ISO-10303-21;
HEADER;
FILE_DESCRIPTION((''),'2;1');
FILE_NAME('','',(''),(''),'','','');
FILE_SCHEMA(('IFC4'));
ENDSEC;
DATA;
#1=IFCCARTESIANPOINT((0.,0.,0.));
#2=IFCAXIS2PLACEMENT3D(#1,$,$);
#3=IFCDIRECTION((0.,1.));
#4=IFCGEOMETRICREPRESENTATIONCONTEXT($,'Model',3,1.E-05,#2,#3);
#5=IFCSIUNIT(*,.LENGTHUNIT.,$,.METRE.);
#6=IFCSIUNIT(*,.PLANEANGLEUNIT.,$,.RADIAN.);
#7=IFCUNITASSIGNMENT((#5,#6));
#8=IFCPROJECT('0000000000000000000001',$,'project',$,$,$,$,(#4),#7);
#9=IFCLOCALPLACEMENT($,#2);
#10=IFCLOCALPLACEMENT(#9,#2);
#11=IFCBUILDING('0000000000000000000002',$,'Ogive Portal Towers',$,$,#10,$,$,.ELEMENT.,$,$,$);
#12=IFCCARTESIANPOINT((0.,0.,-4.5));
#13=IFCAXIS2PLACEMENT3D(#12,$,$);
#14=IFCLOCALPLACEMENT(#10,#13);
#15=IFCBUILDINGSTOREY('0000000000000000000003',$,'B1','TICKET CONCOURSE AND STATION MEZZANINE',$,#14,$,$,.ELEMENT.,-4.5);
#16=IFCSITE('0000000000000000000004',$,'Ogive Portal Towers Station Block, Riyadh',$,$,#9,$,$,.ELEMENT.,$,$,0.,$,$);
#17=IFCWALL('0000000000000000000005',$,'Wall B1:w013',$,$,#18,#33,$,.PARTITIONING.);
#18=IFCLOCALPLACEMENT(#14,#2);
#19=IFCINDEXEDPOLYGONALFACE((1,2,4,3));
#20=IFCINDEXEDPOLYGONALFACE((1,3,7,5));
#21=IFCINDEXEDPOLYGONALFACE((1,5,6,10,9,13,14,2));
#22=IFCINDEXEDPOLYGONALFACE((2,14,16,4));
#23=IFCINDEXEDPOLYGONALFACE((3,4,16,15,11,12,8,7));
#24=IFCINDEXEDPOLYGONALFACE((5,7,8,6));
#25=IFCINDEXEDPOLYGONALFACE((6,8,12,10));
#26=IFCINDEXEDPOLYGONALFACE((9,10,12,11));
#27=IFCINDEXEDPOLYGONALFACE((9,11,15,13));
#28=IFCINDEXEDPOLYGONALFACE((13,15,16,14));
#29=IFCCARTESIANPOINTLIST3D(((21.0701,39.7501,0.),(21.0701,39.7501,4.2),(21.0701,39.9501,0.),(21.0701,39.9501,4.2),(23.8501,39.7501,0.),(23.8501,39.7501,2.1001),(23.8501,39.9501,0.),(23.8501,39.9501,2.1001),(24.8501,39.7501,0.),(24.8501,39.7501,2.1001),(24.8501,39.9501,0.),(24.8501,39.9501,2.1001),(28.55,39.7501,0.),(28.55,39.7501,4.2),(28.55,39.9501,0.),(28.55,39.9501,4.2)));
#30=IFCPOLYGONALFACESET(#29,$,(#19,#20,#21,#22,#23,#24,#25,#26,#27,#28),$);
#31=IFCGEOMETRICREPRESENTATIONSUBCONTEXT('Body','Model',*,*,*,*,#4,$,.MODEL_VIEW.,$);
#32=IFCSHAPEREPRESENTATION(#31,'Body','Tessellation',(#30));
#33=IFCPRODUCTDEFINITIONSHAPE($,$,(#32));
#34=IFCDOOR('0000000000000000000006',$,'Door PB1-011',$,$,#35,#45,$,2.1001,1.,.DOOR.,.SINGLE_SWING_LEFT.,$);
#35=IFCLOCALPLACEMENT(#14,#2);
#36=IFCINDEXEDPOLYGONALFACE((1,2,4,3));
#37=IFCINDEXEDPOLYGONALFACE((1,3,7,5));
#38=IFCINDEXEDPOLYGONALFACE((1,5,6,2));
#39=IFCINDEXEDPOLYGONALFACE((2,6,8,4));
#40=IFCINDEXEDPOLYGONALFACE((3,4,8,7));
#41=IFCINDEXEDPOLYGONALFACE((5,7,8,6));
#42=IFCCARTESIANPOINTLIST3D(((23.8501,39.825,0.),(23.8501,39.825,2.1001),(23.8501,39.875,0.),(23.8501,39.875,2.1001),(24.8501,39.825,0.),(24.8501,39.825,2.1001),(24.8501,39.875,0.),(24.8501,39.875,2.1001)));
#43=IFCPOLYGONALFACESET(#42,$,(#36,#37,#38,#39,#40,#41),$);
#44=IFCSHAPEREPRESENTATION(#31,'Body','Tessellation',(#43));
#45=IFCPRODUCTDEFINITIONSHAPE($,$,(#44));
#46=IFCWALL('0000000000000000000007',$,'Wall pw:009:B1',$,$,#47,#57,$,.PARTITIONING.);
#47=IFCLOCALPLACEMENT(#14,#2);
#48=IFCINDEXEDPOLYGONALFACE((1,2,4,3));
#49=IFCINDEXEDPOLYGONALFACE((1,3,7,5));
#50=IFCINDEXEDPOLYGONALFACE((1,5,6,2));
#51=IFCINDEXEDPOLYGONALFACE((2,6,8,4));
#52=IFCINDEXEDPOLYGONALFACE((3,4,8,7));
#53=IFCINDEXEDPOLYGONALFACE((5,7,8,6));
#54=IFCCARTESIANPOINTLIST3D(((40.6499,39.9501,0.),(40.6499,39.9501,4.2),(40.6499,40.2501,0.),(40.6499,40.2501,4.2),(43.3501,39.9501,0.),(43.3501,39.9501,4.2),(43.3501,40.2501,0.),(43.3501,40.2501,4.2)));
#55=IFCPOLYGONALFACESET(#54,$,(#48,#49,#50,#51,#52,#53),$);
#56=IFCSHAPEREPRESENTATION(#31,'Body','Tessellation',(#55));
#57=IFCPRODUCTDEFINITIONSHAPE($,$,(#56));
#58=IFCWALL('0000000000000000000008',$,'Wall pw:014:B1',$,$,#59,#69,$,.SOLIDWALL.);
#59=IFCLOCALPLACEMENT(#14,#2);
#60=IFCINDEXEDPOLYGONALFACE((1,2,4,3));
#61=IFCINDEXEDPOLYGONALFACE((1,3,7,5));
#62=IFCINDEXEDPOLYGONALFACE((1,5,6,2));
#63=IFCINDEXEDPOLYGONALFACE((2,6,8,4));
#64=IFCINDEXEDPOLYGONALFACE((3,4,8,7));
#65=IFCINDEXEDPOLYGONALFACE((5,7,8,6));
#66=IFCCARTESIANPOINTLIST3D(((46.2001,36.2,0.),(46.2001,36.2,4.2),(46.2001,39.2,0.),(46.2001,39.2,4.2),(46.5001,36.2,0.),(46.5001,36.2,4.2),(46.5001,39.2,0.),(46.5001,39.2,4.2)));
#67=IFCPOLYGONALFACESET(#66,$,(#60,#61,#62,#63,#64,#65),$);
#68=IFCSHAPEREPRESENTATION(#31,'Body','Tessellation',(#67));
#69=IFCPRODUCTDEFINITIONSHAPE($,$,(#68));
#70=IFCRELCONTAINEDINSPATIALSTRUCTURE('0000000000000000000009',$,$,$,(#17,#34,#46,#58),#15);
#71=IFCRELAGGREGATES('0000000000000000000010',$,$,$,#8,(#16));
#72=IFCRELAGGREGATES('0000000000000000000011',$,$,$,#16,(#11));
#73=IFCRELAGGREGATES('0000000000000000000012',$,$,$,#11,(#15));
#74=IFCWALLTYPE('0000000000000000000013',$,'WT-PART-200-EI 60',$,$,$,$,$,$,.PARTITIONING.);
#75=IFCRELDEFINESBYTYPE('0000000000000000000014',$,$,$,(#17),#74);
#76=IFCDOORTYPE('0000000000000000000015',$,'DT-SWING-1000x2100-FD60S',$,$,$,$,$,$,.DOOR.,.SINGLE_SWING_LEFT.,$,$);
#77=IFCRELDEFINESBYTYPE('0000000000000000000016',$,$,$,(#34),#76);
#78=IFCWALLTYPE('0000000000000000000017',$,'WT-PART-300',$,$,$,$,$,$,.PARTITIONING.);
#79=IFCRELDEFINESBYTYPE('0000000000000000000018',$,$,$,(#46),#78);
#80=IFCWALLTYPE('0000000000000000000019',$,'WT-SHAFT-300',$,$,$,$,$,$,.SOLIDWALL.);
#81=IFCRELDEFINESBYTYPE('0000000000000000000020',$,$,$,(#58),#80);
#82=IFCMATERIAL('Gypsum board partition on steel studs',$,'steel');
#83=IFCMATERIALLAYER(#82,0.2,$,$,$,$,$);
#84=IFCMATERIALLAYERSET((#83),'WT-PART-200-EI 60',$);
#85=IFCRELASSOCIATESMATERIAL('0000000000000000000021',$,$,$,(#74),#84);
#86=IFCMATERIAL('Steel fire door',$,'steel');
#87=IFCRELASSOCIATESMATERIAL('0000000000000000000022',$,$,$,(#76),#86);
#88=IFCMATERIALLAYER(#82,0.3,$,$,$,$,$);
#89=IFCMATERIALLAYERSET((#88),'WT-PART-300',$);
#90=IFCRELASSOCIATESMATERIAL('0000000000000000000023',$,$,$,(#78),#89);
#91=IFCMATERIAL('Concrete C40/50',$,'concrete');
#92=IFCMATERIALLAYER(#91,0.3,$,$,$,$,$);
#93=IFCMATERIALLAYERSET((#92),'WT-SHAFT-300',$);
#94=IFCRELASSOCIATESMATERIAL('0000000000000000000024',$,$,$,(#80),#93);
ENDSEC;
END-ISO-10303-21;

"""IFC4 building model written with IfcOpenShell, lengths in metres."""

from ifc_helpers import new_model, si_unit, direction, frame, frame_2d, origin, place, context, subcontext, project, spatial, rectangle, extrude, material, layer, layer_set, type_object, element, fill, save


model = new_model("IFC4")

# Units and contexts
model_context = context("Model", 3, precision=1e-05, world=origin(), true_north=direction((0.0, 1.0)))
body_context = subcontext(model_context, "Body", "Model", "MODEL_VIEW")
ifc_project = project(units=[si_unit("LENGTHUNIT", "METRE"), si_unit("PLANEANGLEUNIT", "RADIAN")], contexts=[model_context])

# Site, building, storey
site_placement = place(None, origin())
site = spatial("IfcSite", under=ifc_project, at=site_placement, Name="Ogive Portal Towers Station Block, Riyadh", CompositionType="ELEMENT", RefElevation=0.0)
building_placement = place(site_placement, origin())
building = spatial("IfcBuilding", under=site, at=building_placement, Name="Ogive Portal Towers", CompositionType="ELEMENT")
storey_placement = place(building_placement, frame((0.0, 0.0, -4.5)))
storey = spatial("IfcBuildingStorey", under=building, at=storey_placement, Name="B1", Description="TICKET CONCOURSE AND STATION MEZZANINE", CompositionType="ELEMENT", Elevation=-4.5)

# Shared definitions
ifc_material_1 = material(Name="Concrete C40/50", Category="concrete")

# Shared definitions
ifc_material_2 = material(Name="Steel fire door", Category="steel")

# Wall, opening, door
ifc_material_3 = material(Name="Gypsum board partition on steel studs", Category="steel")
ifc_layer_1 = layer(ifc_material_3, 0.2)
ifc_layer_set_1 = layer_set([ifc_layer_1], Name="WT-PART-200-EI 60")
wall_type_1 = type_object("IfcWallType", Name="WT-PART-200-EI 60", PredefinedType="PARTITIONING", material=ifc_layer_set_1)
wall_1_placement = place(storey_placement, frame((21.0701, 39.8501, 0.0), z_axis=(0.0, 0.0, 1.0), x_axis=(1.0, 0.0, 0.0)))
wall_1 = element("IfcWall", 1, at=wall_1_placement, inside=storey, type_object=wall_type_1, Name="Wall B1:w013", PredefinedType="PARTITIONING", context=body_context, shape_type="SweptSolid", body=[
    extrude(rectangle(XDim=7.48, YDim=0.2, at=frame_2d((3.74, 0.0))), origin(), (0.0, 0.0, 1.0), 4.2),
])
opening_1_placement = place(wall_1_placement, frame((2.78, 0.0, 0.0)))
opening_1 = element("IfcOpeningElement", 2, at=opening_1_placement, cuts=wall_1, PredefinedType="OPENING", context=body_context, shape_type="SweptSolid", body=[
    extrude(rectangle(XDim=1.0, YDim=2.1001, at=frame_2d((0.5, 1.05))), frame((0.0, 0.1099, 0.0), z_axis=(0.0, -1.0, 0.0), x_axis=(1.0, 0.0, 0.0)), (0.0, 0.0, 1.0), 0.22),
])
door_type_1 = type_object("IfcDoorType", Name="DT-SWING-1000x2100-FD60S", OperationType="SINGLE_SWING_LEFT", PredefinedType="DOOR", material=ifc_material_2)
door_1_placement = place(opening_1_placement, origin())
door_1 = element("IfcDoor", 3, at=door_1_placement, inside=storey, type_object=door_type_1, Name="Door PB1-011", OperationType="SINGLE_SWING_LEFT", OverallHeight=2.1001, OverallWidth=1.0, PredefinedType="DOOR", context=body_context, shape_type="SweptSolid", body=[
    extrude(rectangle(XDim=1.0, YDim=2.1001, at=frame_2d((0.5, 1.05))), frame((0.0, 0.0249, 0.0), z_axis=(0.0, -1.0, 0.0), x_axis=(1.0, 0.0, 0.0)), (0.0, 0.0, 1.0), 0.05),
])
fill(opening_1, door_1)

# Walls
ifc_layer_2 = layer(ifc_material_3, 0.3)
ifc_layer_set_2 = layer_set([ifc_layer_2], Name="WT-PART-300")
wall_type_2 = type_object("IfcWallType", Name="WT-PART-300", PredefinedType="PARTITIONING", material=ifc_layer_set_2)
wall_2_placement = place(storey_placement, frame((40.6499, 40.1001, 0.0), z_axis=(0.0, 0.0, 1.0), x_axis=(1.0, 0.0, 0.0)))
element("IfcWall", 4, at=wall_2_placement, inside=storey, type_object=wall_type_2, Name="Wall pw:009:B1", PredefinedType="PARTITIONING", context=body_context, shape_type="SweptSolid", body=[
    extrude(rectangle(XDim=2.7002, YDim=0.3, at=frame_2d((1.3501, 0.0))), origin(), (0.0, 0.0, 1.0), 4.2),
])
ifc_layer_3 = layer(ifc_material_1, 0.3)
ifc_layer_set_3 = layer_set([ifc_layer_3], Name="WT-SHAFT-300")
wall_type_3 = type_object("IfcWallType", Name="WT-SHAFT-300", PredefinedType="SOLIDWALL", material=ifc_layer_set_3)
wall_3_placement = place(storey_placement, frame((46.3501, 36.2, 0.0), z_axis=(0.0, 0.0, 1.0), x_axis=(0.0, 1.0, 0.0)))
element("IfcWall", 5, at=wall_3_placement, inside=storey, type_object=wall_type_3, Name="Wall pw:014:B1", PredefinedType="SOLIDWALL", context=body_context, shape_type="SweptSolid", body=[
    extrude(rectangle(XDim=3.0, YDim=0.3, at=frame_2d((1.5, 0.0))), origin(), (0.0, 0.0, 1.0), 4.2),
])

save(model, "model.ifc")
